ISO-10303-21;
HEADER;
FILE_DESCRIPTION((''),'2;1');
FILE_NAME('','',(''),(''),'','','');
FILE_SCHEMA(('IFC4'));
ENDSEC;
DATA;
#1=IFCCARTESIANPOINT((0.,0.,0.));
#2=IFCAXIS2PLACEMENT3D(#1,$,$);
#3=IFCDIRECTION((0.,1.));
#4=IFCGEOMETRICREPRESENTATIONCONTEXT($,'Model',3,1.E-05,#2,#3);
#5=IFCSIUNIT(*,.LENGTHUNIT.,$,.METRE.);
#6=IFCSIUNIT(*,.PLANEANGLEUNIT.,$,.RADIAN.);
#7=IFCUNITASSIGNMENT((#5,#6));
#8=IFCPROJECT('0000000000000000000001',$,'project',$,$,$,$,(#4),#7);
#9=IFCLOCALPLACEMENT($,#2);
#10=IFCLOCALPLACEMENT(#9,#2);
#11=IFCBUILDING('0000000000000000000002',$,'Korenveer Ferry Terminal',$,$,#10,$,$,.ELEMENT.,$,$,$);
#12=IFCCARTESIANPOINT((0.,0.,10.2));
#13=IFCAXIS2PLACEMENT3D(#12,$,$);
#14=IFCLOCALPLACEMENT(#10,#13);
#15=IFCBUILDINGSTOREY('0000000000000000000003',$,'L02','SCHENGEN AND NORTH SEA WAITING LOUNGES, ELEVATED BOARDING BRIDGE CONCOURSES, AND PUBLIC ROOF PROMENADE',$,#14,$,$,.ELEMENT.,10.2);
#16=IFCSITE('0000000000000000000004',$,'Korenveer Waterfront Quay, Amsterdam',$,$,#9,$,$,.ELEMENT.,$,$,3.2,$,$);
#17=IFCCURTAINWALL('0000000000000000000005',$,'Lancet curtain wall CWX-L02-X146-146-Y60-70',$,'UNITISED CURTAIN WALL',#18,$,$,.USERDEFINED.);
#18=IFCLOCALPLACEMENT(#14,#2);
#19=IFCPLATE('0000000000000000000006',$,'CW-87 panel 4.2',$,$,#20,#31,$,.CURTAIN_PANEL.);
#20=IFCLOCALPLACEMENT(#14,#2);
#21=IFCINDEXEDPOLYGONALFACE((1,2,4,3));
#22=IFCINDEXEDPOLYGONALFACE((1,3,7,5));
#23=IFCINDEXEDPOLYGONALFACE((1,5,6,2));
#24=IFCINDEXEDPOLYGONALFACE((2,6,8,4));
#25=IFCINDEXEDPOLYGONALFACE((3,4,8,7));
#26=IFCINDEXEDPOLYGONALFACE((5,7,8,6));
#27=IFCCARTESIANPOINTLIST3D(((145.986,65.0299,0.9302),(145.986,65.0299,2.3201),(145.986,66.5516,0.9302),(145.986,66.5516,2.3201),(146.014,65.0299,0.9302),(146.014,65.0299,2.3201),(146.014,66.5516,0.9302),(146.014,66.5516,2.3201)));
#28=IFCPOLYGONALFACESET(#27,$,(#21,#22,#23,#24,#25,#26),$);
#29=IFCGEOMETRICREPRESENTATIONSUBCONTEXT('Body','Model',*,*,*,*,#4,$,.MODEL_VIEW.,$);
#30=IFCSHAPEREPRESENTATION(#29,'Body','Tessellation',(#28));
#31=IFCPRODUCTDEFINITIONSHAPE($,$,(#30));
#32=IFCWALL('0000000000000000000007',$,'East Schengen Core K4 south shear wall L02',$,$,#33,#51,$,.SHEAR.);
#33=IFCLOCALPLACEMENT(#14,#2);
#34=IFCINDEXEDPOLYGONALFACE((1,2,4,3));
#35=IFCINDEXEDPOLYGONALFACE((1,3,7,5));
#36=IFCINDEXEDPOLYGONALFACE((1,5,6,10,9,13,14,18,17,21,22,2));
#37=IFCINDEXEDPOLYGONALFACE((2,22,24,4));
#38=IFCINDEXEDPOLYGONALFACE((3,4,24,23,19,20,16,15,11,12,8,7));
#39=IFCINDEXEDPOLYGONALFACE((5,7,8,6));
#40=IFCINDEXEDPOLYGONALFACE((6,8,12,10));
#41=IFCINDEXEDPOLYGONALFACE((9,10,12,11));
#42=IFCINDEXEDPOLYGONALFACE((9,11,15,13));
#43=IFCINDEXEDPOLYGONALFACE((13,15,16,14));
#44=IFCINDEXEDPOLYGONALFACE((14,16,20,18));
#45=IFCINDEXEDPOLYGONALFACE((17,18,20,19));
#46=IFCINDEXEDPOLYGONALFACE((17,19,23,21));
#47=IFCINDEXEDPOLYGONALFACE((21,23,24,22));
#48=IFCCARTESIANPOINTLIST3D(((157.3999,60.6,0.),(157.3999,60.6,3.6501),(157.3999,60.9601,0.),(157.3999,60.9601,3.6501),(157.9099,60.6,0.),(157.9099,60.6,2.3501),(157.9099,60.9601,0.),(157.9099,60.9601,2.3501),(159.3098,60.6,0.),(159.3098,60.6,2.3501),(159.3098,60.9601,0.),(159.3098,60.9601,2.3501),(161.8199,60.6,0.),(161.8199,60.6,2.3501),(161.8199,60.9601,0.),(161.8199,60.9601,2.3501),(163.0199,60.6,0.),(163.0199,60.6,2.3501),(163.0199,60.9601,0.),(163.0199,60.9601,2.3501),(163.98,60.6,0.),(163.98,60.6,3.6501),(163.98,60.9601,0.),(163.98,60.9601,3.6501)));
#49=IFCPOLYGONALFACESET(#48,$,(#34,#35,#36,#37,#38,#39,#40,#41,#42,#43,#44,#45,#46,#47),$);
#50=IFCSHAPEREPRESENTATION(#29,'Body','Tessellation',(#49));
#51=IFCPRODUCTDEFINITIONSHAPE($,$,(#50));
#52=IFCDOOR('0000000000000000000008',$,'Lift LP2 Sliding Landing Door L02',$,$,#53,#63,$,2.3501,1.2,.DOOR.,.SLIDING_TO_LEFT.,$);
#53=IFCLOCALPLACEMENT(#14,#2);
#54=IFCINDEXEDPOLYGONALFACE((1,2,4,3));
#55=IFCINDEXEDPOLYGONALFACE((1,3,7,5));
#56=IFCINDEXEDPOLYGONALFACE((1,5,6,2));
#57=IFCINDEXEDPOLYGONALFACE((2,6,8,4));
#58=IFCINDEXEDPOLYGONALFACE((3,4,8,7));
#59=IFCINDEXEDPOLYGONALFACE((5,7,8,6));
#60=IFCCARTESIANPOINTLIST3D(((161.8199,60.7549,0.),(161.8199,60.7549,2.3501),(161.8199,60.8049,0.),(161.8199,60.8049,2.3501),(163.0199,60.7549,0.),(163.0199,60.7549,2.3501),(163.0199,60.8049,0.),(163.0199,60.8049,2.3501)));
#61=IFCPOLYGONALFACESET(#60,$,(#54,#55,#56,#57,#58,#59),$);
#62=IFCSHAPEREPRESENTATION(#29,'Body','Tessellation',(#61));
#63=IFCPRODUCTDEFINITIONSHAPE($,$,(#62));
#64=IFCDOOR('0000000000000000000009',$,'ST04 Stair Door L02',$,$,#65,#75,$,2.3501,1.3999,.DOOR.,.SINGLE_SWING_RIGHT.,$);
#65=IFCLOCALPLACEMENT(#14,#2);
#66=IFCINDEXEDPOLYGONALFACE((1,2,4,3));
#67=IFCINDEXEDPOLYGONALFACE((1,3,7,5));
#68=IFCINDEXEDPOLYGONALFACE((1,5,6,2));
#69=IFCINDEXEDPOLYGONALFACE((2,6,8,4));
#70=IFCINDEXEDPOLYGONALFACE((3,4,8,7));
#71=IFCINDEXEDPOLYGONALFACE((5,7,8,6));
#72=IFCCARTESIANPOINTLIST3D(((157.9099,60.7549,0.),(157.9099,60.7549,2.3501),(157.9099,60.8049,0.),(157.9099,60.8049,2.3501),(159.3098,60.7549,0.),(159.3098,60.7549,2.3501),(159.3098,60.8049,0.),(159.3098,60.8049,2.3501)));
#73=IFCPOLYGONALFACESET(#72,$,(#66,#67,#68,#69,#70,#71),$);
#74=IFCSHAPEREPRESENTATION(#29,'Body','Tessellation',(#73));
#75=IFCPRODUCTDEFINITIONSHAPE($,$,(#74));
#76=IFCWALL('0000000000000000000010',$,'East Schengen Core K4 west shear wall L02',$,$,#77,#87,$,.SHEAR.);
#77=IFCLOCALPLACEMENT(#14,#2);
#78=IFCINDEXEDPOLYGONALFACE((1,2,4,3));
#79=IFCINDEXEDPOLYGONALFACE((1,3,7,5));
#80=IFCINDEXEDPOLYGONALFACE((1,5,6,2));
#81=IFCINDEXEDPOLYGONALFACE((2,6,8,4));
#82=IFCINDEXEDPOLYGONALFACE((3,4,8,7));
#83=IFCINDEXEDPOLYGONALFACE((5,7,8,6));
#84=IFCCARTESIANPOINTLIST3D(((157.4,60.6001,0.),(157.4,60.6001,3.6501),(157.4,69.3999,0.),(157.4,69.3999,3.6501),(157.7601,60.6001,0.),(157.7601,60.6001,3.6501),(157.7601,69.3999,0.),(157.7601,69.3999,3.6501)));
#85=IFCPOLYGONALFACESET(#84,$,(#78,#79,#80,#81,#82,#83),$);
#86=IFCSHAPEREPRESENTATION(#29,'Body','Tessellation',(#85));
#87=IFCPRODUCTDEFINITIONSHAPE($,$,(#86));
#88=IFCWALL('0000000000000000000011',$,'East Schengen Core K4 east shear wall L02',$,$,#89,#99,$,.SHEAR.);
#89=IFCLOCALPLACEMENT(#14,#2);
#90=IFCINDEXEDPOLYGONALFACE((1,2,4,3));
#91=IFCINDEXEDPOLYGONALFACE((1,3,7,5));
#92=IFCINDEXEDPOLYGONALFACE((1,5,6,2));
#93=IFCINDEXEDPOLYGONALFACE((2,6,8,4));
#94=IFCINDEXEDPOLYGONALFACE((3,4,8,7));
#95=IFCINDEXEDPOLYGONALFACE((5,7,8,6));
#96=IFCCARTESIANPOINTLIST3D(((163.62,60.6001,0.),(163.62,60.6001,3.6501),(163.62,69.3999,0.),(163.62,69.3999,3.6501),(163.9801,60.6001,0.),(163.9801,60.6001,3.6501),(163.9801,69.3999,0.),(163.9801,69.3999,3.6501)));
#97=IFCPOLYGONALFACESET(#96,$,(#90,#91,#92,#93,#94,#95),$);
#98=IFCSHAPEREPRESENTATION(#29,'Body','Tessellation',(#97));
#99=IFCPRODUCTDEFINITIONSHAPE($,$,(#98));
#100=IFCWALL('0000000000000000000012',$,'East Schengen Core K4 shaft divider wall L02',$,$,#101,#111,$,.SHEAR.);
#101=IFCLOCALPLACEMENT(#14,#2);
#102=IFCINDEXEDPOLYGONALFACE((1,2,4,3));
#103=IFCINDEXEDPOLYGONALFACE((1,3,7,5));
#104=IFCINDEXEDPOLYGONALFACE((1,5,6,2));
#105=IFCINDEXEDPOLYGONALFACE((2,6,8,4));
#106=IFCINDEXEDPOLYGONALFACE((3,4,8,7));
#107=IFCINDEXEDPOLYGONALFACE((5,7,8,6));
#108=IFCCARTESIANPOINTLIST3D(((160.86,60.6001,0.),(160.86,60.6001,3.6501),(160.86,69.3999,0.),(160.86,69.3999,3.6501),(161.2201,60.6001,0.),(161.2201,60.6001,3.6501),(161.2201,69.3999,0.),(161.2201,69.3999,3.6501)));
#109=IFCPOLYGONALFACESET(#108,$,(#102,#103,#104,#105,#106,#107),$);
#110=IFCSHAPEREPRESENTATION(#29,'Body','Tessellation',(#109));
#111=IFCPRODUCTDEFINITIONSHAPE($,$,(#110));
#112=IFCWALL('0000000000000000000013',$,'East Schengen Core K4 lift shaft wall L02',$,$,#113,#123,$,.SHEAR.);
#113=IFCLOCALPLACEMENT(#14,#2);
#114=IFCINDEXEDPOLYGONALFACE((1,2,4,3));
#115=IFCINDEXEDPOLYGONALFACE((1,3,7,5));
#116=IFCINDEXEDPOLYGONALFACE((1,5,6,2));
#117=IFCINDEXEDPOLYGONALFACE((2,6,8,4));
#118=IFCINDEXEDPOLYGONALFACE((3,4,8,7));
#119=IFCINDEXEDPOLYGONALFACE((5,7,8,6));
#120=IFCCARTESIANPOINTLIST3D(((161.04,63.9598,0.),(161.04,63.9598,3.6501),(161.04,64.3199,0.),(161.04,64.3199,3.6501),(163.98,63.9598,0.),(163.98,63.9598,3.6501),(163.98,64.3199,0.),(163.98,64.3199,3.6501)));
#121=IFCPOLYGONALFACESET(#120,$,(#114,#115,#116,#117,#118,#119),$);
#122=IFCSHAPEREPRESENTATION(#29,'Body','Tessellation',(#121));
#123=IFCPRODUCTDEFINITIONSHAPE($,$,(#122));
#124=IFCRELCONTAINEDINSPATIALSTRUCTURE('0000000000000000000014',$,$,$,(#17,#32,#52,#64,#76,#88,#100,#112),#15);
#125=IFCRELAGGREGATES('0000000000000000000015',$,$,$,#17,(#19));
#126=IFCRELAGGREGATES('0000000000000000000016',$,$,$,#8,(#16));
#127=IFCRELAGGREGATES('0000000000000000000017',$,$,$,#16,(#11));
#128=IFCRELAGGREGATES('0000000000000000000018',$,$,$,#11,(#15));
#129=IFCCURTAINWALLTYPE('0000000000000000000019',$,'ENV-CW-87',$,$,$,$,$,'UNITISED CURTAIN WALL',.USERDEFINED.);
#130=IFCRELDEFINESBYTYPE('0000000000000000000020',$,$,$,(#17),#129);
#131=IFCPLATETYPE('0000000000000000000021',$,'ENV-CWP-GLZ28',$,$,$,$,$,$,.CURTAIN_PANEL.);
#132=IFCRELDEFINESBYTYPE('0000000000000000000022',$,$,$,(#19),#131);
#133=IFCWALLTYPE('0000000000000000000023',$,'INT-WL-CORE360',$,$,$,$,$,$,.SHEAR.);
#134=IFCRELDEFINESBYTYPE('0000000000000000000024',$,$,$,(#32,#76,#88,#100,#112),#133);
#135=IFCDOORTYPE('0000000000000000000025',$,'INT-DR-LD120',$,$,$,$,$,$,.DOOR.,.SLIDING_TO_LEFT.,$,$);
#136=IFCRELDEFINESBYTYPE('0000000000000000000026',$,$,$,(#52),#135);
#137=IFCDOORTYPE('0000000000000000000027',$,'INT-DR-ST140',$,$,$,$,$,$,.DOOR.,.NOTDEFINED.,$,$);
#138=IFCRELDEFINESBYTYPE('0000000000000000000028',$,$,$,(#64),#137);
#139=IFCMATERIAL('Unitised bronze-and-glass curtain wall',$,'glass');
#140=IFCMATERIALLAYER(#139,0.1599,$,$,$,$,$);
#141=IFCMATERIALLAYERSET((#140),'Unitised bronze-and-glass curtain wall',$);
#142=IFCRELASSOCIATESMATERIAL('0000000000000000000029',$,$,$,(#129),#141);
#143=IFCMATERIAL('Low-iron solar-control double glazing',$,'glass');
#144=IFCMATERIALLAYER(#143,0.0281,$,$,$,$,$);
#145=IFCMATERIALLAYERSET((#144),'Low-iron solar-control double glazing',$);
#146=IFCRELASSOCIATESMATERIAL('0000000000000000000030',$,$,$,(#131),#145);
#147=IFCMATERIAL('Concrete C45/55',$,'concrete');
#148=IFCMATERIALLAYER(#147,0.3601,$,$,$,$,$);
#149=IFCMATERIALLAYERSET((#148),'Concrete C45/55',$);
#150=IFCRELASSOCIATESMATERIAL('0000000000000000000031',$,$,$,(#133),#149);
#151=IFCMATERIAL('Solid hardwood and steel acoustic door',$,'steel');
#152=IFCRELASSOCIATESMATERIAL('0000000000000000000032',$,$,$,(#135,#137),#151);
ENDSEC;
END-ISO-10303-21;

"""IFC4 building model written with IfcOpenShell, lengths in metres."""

from ifc_helpers import new_model, si_unit, direction, frame, frame_2d, origin, origin_2d, place, context, subcontext, project, spatial, rectangle, extrude, material, layer, layer_set, type_object, element, fill, aggregate, save


model = new_model("IFC4")

# Units and contexts
model_context = context("Model", 3, precision=1e-05, world=origin(), true_north=direction((0.0, 1.0)))
body_context = subcontext(model_context, "Body", "Model", "MODEL_VIEW")
ifc_project = project(units=[si_unit("LENGTHUNIT", "METRE"), si_unit("PLANEANGLEUNIT", "RADIAN")], contexts=[model_context])

# Site, building, storey
site_placement = place(None, origin())
site = spatial("IfcSite", under=ifc_project, at=site_placement, Name="Korenveer Waterfront Quay, Amsterdam", CompositionType="ELEMENT", RefElevation=3.2)
building_placement = place(site_placement, origin())
building = spatial("IfcBuilding", under=site, at=building_placement, Name="Korenveer Ferry Terminal", CompositionType="ELEMENT")
storey_placement = place(building_placement, frame((0.0, 0.0, 10.2)))
storey = spatial("IfcBuildingStorey", under=building, at=storey_placement, Name="L02", Description="SCHENGEN AND NORTH SEA WAITING LOUNGES, ELEVATED BOARDING BRIDGE CONCOURSES, AND PUBLIC ROOF PROMENADE", CompositionType="ELEMENT", Elevation=10.2)

# Shared definitions
ifc_material_1 = material(Name="Concrete C45/55", Category="concrete")

# Curtain wall, plate
ifc_material_2 = material(Name="Unitised bronze-and-glass curtain wall", Category="glass")
ifc_layer_1 = layer(ifc_material_2, 0.1599)
ifc_layer_set_1 = layer_set([ifc_layer_1], Name="Unitised bronze-and-glass curtain wall")
curtain_wall_type = type_object("IfcCurtainWallType", Name="ENV-CW-87", ElementType="UNITISED CURTAIN WALL", PredefinedType="USERDEFINED", material=ifc_layer_set_1)
curtain_wall_placement = place(storey_placement, frame((146.0, 60.2549, 0.0)))
curtain_wall = element("IfcCurtainWall", 1, at=curtain_wall_placement, inside=storey, type_object=curtain_wall_type, Name="Lancet curtain wall CWX-L02-X146-146-Y60-70", ObjectType="UNITISED CURTAIN WALL", PredefinedType="USERDEFINED")
ifc_material_3 = material(Name="Low-iron solar-control double glazing", Category="glass")
ifc_layer_2 = layer(ifc_material_3, 0.0281)
ifc_layer_set_2 = layer_set([ifc_layer_2], Name="Low-iron solar-control double glazing")
plate_type = type_object("IfcPlateType", Name="ENV-CWP-GLZ28", PredefinedType="CURTAIN_PANEL", material=ifc_layer_set_2)
plate_1_placement = place(storey_placement, frame((146.0, 65.7908, 0.9302), z_axis=(0.0, 0.0, 1.0), x_axis=(0.0, 1.0, 0.0)))
plate_1 = element("IfcPlate", 2, at=plate_1_placement, type_object=plate_type, Name="CW-87 panel 4.2", PredefinedType="CURTAIN_PANEL", context=body_context, shape_type="SweptSolid", body=[
    extrude(rectangle(XDim=1.5217, YDim=0.0281, at=origin_2d()), origin(), (0.0, 0.0, 1.0), 1.3899),
])
aggregate(curtain_wall, [plate_1])

# Wall, openings, doors
ifc_layer_3 = layer(ifc_material_1, 0.3601)
ifc_layer_set_3 = layer_set([ifc_layer_3], Name="Concrete C45/55")
wall_type = type_object("IfcWallType", Name="INT-WL-CORE360", PredefinedType="SHEAR", material=ifc_layer_set_3)
wall_1_placement = place(storey_placement, frame((157.3999, 60.78, 0.0), z_axis=(0.0, 0.0, 1.0), x_axis=(1.0, 0.0, 0.0)))
wall_1 = element("IfcWall", 3, at=wall_1_placement, inside=storey, type_object=wall_type, Name="East Schengen Core K4 south shear wall L02", PredefinedType="SHEAR", context=body_context, shape_type="SweptSolid", body=[
    extrude(rectangle(XDim=6.5801, YDim=0.3601, at=frame_2d((3.29, 0.0))), origin(), (0.0, 0.0, 1.0), 3.6501),
])
opening_1_placement = place(wall_1_placement, frame((0.51, 0.0, 0.0)))
opening_1 = element("IfcOpeningElement", 4, at=opening_1_placement, cuts=wall_1, PredefinedType="OPENING", context=body_context, shape_type="SweptSolid", body=[
    extrude(rectangle(XDim=1.3999, YDim=2.3501, at=frame_2d((0.7, 1.175))), frame((0.0, 0.1899, 0.0), z_axis=(0.0, -1.0, 0.0), x_axis=(1.0, 0.0, 0.0)), (0.0, 0.0, 1.0), 0.3801),
])
opening_2_placement = place(wall_1_placement, frame((4.4199, 0.0, 0.0)))
opening_2 = element("IfcOpeningElement", 5, at=opening_2_placement, cuts=wall_1, PredefinedType="OPENING", context=body_context, shape_type="SweptSolid", body=[
    extrude(rectangle(XDim=1.2, YDim=2.3501, at=frame_2d((0.6001, 1.175))), frame((0.0, 0.1899, 0.0), z_axis=(0.0, -1.0, 0.0), x_axis=(1.0, 0.0, 0.0)), (0.0, 0.0, 1.0), 0.3801),
])
ifc_material_4 = material(Name="Solid hardwood and steel acoustic door", Category="steel")
door_type_1 = type_object("IfcDoorType", Name="INT-DR-LD120", OperationType="SLIDING_TO_LEFT", PredefinedType="DOOR", material=ifc_material_4)
door_1_placement = place(opening_2_placement, origin())
door_1 = element("IfcDoor", 6, at=door_1_placement, inside=storey, type_object=door_type_1, Name="Lift LP2 Sliding Landing Door L02", OperationType="SLIDING_TO_LEFT", OverallHeight=2.3501, OverallWidth=1.2, PredefinedType="DOOR", context=body_context, shape_type="SweptSolid", body=[
    extrude(rectangle(XDim=1.2, YDim=2.3501, at=frame_2d((0.6001, 1.175))), frame((0.0, 0.0249, 0.0), z_axis=(0.0, -1.0, 0.0), x_axis=(1.0, 0.0, 0.0)), (0.0, 0.0, 1.0), 0.05),
])
fill(opening_2, door_1)
door_type_2 = type_object("IfcDoorType", Name="INT-DR-ST140", OperationType="NOTDEFINED", PredefinedType="DOOR", material=ifc_material_4)
door_2_placement = place(opening_1_placement, origin())
door_2 = element("IfcDoor", 7, at=door_2_placement, inside=storey, type_object=door_type_2, Name="ST04 Stair Door L02", OperationType="SINGLE_SWING_RIGHT", OverallHeight=2.3501, OverallWidth=1.3999, PredefinedType="DOOR", context=body_context, shape_type="SweptSolid", body=[
    extrude(rectangle(XDim=1.3999, YDim=2.3501, at=frame_2d((0.7, 1.175))), frame((0.0, 0.0249, 0.0), z_axis=(0.0, -1.0, 0.0), x_axis=(1.0, 0.0, 0.0)), (0.0, 0.0, 1.0), 0.05),
])
fill(opening_1, door_2)

# Walls
for number, where, z_axis, x_axis, name in (
    (8, (157.5801, 60.6001, 0.0), (0.0, 0.0, 1.0), (0.0, 1.0, 0.0), "East Schengen Core K4 west shear wall L02"),
    (9, (163.8, 60.6001, 0.0), (0.0, 0.0, 1.0), (0.0, 1.0, 0.0), "East Schengen Core K4 east shear wall L02"),
    (10, (161.04, 60.6001, 0.0), (0.0, 0.0, 1.0), (0.0, 1.0, 0.0), "East Schengen Core K4 shaft divider wall L02"),
):
    element("IfcWall", number, at=place(storey_placement, frame(where, z_axis=z_axis, x_axis=x_axis)), inside=storey, type_object=wall_type, Name=name, PredefinedType="SHEAR", context=body_context, shape_type="SweptSolid", body=[
        extrude(rectangle(XDim=8.7998, YDim=0.3601, at=frame_2d((4.3999, 0.0))), origin(), (0.0, 0.0, 1.0), 3.6501),
    ])
wall_2_placement = place(storey_placement, frame((161.04, 64.1399, 0.0), z_axis=(0.0, 0.0, 1.0), x_axis=(1.0, 0.0, 0.0)))
element("IfcWall", 11, at=wall_2_placement, inside=storey, type_object=wall_type, Name="East Schengen Core K4 lift shaft wall L02", PredefinedType="SHEAR", context=body_context, shape_type="SweptSolid", body=[
    extrude(rectangle(XDim=2.9399, YDim=0.3601, at=frame_2d((1.47, 0.0))), origin(), (0.0, 0.0, 1.0), 3.6501),
])

save(model, "model.ifc")
